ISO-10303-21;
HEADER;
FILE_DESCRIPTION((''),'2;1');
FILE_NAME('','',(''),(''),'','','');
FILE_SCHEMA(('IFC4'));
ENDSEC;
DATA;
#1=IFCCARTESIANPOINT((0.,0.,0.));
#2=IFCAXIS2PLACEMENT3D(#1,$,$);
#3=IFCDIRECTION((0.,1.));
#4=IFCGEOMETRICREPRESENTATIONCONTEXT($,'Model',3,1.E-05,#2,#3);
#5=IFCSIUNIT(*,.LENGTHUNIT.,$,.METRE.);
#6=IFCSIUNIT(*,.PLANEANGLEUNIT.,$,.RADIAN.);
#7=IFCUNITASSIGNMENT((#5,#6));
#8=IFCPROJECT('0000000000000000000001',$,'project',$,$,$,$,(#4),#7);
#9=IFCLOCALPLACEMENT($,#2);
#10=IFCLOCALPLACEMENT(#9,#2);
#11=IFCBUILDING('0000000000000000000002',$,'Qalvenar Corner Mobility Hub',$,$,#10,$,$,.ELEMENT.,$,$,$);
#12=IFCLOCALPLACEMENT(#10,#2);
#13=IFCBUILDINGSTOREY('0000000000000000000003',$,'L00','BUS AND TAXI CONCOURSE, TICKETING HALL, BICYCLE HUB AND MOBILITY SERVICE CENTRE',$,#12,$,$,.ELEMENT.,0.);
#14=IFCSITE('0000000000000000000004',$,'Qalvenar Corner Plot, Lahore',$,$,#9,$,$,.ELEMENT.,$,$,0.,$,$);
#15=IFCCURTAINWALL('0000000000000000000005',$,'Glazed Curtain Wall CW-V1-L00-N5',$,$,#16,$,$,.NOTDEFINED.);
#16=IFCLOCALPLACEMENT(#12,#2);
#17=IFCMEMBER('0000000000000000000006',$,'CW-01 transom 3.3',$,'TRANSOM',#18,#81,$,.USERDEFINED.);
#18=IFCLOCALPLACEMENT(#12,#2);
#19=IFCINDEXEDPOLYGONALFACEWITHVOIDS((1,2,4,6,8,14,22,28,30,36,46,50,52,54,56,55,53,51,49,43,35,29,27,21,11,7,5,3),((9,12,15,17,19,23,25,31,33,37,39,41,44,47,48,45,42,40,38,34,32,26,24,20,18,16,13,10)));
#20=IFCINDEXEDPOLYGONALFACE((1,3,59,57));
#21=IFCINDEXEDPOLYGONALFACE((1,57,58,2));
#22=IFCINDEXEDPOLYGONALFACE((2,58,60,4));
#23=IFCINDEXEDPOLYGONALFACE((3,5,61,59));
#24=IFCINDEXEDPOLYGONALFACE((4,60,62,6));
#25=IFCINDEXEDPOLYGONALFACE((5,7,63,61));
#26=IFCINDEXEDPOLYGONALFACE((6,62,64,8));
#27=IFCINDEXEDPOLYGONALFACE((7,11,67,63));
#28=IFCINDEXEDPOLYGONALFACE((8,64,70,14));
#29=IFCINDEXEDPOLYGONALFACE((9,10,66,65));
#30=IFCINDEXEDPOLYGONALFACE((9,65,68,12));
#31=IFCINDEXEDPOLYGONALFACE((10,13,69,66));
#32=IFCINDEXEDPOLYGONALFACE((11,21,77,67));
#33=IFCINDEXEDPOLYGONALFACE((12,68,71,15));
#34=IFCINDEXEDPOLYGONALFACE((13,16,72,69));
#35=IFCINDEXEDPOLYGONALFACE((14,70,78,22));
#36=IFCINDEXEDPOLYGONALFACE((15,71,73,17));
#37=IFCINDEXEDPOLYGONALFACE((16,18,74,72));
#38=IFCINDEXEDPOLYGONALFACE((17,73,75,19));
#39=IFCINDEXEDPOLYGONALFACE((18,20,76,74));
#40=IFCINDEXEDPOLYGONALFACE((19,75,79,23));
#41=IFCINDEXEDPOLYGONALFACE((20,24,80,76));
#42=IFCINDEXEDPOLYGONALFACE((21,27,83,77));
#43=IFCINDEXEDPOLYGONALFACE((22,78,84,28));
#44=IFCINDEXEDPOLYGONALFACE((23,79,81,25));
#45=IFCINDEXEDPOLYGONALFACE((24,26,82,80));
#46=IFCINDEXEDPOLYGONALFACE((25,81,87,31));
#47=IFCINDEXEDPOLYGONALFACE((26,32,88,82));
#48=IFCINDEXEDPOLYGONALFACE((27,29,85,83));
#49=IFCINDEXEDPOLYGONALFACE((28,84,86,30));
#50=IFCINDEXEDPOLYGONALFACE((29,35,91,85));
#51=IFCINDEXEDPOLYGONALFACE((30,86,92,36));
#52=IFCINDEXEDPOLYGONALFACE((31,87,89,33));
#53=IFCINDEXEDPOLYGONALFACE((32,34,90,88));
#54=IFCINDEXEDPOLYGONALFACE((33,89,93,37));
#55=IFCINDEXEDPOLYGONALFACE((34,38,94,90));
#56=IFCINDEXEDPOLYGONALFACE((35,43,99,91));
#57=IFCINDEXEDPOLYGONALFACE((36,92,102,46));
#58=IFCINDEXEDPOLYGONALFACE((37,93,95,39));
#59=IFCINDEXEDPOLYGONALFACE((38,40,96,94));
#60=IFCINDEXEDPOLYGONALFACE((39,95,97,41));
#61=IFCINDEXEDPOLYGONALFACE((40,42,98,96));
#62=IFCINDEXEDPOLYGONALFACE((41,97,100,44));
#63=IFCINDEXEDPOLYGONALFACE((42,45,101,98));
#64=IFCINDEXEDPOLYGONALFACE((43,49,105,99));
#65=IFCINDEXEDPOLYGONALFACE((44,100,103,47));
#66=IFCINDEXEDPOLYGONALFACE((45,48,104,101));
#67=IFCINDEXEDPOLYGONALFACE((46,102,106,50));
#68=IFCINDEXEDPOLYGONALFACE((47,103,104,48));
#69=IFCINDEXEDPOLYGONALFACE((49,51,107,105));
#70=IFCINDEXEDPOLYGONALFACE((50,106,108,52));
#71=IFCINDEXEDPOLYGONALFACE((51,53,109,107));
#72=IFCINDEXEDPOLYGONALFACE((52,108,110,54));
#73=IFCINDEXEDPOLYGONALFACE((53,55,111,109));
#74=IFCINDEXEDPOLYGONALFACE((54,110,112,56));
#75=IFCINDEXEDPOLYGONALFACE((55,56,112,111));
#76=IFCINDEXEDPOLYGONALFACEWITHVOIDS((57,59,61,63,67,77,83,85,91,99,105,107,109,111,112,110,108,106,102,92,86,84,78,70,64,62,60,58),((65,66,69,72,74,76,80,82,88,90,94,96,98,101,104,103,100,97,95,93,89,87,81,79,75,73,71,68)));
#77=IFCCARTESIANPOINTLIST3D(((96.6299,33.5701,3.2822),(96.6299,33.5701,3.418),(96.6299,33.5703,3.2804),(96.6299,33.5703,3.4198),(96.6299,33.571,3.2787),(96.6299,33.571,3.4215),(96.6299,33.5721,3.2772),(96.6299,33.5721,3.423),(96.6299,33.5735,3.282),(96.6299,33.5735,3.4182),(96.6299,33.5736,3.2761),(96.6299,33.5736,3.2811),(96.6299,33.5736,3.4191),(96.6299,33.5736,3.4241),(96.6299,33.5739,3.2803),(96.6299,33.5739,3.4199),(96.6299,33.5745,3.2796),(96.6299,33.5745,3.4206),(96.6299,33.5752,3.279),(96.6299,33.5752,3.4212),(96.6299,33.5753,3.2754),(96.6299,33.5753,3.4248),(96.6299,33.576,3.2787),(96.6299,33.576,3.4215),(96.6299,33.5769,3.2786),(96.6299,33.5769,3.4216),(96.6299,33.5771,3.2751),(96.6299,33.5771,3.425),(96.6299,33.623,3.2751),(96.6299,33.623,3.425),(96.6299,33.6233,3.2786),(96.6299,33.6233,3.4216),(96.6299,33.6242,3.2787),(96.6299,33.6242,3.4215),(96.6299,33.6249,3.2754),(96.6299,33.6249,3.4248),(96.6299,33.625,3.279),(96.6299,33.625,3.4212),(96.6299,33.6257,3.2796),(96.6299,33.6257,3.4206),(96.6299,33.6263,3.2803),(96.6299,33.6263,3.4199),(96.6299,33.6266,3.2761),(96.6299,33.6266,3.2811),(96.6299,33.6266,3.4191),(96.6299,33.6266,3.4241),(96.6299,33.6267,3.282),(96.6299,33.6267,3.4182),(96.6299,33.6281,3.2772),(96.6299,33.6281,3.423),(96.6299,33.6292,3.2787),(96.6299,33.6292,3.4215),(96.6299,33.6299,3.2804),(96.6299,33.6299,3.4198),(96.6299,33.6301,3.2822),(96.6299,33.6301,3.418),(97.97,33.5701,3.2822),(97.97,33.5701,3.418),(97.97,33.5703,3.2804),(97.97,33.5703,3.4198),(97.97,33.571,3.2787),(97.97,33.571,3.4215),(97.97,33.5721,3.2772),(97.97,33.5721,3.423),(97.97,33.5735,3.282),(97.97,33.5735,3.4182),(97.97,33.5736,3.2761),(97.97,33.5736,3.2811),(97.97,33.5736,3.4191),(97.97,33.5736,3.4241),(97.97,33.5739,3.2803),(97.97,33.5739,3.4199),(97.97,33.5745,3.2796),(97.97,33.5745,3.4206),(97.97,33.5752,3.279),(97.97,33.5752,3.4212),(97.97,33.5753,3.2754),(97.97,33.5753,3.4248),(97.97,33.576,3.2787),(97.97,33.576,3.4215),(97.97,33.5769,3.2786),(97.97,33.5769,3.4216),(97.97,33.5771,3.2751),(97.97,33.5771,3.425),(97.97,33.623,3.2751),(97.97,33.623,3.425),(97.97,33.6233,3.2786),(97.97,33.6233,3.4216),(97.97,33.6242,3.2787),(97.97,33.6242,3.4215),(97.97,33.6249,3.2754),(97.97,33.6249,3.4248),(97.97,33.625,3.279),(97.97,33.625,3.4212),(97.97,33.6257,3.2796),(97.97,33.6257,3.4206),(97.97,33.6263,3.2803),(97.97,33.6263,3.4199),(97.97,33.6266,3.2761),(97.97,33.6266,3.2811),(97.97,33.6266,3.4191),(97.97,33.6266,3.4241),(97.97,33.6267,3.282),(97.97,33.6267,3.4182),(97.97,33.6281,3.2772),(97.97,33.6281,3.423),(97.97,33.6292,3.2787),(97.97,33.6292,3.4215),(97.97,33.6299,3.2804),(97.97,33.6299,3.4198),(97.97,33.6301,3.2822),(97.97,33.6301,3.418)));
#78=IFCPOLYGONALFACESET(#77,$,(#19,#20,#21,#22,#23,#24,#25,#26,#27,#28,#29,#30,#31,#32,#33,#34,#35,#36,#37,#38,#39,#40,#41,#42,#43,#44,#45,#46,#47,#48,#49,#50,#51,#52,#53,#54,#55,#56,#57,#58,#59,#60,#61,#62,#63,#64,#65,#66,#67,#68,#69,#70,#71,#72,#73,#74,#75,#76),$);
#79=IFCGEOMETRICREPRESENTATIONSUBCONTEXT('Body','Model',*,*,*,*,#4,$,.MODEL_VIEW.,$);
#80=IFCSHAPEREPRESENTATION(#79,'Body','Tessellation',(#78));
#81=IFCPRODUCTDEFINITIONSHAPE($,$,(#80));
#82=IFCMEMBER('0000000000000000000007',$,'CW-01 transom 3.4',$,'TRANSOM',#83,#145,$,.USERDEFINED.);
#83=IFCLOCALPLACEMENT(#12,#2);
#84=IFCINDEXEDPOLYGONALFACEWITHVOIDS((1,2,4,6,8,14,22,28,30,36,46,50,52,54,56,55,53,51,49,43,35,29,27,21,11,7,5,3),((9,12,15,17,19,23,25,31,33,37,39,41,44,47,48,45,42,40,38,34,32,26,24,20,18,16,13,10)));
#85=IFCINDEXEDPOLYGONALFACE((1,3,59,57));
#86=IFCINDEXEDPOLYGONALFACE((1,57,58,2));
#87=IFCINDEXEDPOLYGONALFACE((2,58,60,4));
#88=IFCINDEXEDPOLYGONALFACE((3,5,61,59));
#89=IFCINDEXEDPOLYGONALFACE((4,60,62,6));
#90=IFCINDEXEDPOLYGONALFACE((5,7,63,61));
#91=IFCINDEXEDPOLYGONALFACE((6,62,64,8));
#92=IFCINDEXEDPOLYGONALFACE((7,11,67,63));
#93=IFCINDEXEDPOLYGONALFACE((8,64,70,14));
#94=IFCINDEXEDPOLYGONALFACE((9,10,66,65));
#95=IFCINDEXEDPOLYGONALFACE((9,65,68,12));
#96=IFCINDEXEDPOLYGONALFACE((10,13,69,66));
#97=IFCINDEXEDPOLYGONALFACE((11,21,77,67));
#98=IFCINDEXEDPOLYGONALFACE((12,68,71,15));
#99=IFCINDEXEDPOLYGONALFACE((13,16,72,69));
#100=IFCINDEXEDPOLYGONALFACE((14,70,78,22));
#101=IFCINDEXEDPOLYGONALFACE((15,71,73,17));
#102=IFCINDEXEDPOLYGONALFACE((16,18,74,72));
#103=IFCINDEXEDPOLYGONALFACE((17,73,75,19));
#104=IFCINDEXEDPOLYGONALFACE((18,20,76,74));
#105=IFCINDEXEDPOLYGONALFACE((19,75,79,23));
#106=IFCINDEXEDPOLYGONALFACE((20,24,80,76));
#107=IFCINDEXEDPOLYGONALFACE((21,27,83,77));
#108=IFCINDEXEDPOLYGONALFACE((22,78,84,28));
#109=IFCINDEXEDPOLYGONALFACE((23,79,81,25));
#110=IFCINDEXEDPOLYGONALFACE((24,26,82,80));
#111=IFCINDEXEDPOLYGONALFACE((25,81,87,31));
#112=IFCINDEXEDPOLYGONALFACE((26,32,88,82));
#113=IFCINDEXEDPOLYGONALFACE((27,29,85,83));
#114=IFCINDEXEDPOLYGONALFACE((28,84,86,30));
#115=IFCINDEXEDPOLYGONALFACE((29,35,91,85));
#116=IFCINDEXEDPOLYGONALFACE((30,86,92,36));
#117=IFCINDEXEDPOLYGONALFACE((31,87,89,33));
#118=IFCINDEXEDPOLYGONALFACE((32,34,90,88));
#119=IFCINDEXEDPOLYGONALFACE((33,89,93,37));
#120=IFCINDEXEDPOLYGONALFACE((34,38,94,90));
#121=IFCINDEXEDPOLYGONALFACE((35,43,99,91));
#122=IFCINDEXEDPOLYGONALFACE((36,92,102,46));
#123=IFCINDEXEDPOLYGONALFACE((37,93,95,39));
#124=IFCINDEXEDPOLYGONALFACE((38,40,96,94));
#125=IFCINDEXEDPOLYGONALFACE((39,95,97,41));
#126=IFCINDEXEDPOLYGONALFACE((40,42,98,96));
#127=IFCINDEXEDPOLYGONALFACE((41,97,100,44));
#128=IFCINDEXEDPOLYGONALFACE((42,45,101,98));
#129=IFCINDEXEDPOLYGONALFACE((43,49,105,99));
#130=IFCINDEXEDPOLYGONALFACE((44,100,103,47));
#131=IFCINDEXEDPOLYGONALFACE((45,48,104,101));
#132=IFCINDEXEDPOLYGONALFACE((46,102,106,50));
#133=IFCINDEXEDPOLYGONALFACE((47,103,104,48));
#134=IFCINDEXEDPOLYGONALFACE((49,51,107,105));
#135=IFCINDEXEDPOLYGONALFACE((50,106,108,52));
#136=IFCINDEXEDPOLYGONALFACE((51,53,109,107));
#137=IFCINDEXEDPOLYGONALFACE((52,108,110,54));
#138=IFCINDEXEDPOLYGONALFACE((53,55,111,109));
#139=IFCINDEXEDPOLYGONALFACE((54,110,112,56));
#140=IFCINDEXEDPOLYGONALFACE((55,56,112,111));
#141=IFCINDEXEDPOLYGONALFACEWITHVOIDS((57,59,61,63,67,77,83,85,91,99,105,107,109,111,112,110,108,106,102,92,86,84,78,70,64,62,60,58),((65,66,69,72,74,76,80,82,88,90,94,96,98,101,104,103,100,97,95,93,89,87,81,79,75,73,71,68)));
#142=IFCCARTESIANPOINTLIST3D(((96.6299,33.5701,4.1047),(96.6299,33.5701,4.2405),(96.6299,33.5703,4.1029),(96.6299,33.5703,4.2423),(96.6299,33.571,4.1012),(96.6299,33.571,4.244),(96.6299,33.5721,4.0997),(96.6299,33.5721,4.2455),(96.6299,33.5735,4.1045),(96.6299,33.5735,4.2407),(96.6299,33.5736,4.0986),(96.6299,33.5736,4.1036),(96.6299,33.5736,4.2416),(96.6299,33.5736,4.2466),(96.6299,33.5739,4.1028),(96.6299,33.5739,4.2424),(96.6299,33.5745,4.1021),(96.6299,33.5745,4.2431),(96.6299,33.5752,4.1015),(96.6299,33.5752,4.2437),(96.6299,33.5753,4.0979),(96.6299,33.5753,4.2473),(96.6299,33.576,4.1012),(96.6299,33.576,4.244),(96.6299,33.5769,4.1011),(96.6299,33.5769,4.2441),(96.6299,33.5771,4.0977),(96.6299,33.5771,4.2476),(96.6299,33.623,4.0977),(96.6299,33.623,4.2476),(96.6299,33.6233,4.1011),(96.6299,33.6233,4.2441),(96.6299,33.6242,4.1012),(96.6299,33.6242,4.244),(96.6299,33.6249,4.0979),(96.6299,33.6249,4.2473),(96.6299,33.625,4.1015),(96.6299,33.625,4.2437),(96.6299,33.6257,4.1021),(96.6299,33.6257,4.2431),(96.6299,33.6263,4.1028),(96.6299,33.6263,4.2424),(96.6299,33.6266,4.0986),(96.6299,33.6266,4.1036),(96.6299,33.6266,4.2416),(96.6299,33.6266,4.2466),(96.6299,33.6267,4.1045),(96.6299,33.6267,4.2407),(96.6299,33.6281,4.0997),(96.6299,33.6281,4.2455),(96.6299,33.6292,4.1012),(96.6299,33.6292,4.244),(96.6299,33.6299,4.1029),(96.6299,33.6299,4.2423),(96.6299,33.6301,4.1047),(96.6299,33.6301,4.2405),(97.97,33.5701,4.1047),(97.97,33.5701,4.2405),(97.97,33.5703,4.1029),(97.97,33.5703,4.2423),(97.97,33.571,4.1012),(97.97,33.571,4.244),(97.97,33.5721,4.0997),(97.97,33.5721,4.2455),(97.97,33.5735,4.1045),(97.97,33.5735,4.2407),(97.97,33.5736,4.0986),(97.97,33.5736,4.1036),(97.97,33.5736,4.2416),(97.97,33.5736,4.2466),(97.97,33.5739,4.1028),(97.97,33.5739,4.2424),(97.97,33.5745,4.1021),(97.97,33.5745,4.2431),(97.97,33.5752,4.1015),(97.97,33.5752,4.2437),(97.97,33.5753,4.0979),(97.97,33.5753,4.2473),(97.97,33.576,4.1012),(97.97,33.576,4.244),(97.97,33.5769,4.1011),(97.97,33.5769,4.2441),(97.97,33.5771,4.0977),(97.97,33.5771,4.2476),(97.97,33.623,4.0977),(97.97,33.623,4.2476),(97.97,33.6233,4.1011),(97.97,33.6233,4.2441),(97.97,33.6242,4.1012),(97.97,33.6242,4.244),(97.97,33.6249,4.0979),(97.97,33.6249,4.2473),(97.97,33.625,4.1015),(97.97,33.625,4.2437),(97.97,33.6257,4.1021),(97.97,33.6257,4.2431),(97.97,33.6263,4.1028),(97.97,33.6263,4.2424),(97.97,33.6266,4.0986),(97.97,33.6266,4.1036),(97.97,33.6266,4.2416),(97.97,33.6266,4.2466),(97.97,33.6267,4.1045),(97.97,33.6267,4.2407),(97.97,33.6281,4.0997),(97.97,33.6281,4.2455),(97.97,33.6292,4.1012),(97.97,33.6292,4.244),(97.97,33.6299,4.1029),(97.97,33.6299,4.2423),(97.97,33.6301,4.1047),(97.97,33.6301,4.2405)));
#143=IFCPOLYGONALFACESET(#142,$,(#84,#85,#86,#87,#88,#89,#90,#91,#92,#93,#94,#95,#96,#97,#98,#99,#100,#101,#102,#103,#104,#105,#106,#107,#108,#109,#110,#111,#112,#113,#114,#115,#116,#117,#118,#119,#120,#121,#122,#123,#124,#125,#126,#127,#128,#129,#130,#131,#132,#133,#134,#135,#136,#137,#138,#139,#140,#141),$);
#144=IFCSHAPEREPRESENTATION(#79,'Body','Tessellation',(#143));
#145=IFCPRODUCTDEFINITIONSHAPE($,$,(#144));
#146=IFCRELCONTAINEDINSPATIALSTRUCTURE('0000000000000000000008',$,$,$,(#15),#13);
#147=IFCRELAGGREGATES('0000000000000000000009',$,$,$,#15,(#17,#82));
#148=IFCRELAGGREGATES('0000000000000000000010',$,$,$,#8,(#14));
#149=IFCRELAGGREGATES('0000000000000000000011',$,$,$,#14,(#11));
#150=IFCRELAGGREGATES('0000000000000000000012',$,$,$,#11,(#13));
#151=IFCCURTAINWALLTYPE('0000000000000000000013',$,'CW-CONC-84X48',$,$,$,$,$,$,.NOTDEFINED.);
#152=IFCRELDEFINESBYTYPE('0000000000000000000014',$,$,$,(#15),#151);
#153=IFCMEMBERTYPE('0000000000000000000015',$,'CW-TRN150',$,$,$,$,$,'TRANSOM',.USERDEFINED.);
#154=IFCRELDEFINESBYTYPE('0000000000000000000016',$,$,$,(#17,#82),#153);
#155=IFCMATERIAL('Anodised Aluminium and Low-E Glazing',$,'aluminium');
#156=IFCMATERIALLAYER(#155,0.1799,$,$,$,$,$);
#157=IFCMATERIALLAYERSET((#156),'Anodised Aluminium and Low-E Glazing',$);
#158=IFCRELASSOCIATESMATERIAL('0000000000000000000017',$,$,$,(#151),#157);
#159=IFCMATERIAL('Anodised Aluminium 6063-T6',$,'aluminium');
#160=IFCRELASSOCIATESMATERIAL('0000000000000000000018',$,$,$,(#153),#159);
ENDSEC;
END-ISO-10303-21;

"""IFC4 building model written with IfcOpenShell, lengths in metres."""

from ifc_helpers import new_model, si_unit, direction, frame, origin, origin_2d, place, context, subcontext, project, spatial, hollow_rectangle, extrude, material, layer, layer_set, material_profile, profile_set, type_object, element, aggregate, save


model = new_model("IFC4")

# Units and contexts
model_context = context("Model", 3, precision=1e-05, world=origin(), true_north=direction((0.0, 1.0)))
body_context = subcontext(model_context, "Body", "Model", "MODEL_VIEW")
ifc_project = project(units=[si_unit("LENGTHUNIT", "METRE"), si_unit("PLANEANGLEUNIT", "RADIAN")], contexts=[model_context])

# Site, building, storey
site_placement = place(None, origin())
site = spatial("IfcSite", under=ifc_project, at=site_placement, Name="Qalvenar Corner Plot, Lahore", CompositionType="ELEMENT", RefElevation=0.0)
building_placement = place(site_placement, origin())
building = spatial("IfcBuilding", under=site, at=building_placement, Name="Qalvenar Corner Mobility Hub", CompositionType="ELEMENT")
storey_placement = place(building_placement, origin())
storey = spatial("IfcBuildingStorey", under=building, at=storey_placement, Name="L00", Description="BUS AND TAXI CONCOURSE, TICKETING HALL, BICYCLE HUB AND MOBILITY SERVICE CENTRE", CompositionType="ELEMENT", Elevation=0.0)

# Curtain wall, members
ifc_material_1 = material(Name="Anodised Aluminium and Low-E Glazing", Category="aluminium")
ifc_layer_1 = layer(ifc_material_1, 0.1799)
ifc_layer_set_1 = layer_set([ifc_layer_1], Name="Anodised Aluminium and Low-E Glazing")
curtain_wall_type = type_object("IfcCurtainWallType", Name="CW-CONC-84X48", PredefinedType="NOTDEFINED", material=ifc_layer_set_1)
curtain_wall_placement = place(storey_placement, origin())
curtain_wall = element("IfcCurtainWall", 1, at=curtain_wall_placement, inside=storey, type_object=curtain_wall_type, Name="Glazed Curtain Wall CW-V1-L00-N5", PredefinedType="NOTDEFINED")
ifc_material_2 = material(Name="Anodised Aluminium 6063-T6", Category="aluminium")
ifc_material_profile_1 = material_profile(ifc_material_2, hollow_rectangle(XDim=0.0601, YDim=0.1499, WallThickness=0.0034, InnerFilletRadius=0.0034, OuterFilletRadius=0.0071, at=origin_2d()), Name="RHS150x60x3.5")
ifc_profile_set_1 = profile_set([ifc_material_profile_1], Name="Anodised Aluminium 6063-T6")
member_type_1 = type_object("IfcMemberType", Name="CW-TRN150", ElementType="TRANSOM", PredefinedType="USERDEFINED", material=ifc_profile_set_1)
member_1_placement = place(storey_placement, frame((97.97, 33.6001, 3.3501), z_axis=(-1.0, 0.0, 0.0), x_axis=(0.0, -1.0, 0.0)))
member_1 = element("IfcMember", 2, at=member_1_placement, type_object=member_type_1, Name="CW-01 transom 3.3", ObjectType="TRANSOM", PredefinedType="USERDEFINED", context=body_context, shape_type="SweptSolid", body=[
    extrude(hollow_rectangle(XDim=0.0601, YDim=0.1499, WallThickness=0.0034, InnerFilletRadius=0.0034, OuterFilletRadius=0.0071, at=origin_2d()), origin(), (0.0, 0.0, 1.0), 1.3401),
])
member_2_placement = place(storey_placement, frame((97.97, 33.6001, 4.1726), z_axis=(-1.0, 0.0, 0.0), x_axis=(0.0, -1.0, 0.0)))
member_2 = element("IfcMember", 3, at=member_2_placement, type_object=member_type_1, Name="CW-01 transom 3.4", ObjectType="TRANSOM", PredefinedType="USERDEFINED", context=body_context, shape_type="SweptSolid", body=[
    extrude(hollow_rectangle(XDim=0.0601, YDim=0.1499, WallThickness=0.0034, InnerFilletRadius=0.0034, OuterFilletRadius=0.0071, at=origin_2d()), origin(), (0.0, 0.0, 1.0), 1.3401),
])
aggregate(curtain_wall, [member_1, member_2])

save(model, "model.ifc")
